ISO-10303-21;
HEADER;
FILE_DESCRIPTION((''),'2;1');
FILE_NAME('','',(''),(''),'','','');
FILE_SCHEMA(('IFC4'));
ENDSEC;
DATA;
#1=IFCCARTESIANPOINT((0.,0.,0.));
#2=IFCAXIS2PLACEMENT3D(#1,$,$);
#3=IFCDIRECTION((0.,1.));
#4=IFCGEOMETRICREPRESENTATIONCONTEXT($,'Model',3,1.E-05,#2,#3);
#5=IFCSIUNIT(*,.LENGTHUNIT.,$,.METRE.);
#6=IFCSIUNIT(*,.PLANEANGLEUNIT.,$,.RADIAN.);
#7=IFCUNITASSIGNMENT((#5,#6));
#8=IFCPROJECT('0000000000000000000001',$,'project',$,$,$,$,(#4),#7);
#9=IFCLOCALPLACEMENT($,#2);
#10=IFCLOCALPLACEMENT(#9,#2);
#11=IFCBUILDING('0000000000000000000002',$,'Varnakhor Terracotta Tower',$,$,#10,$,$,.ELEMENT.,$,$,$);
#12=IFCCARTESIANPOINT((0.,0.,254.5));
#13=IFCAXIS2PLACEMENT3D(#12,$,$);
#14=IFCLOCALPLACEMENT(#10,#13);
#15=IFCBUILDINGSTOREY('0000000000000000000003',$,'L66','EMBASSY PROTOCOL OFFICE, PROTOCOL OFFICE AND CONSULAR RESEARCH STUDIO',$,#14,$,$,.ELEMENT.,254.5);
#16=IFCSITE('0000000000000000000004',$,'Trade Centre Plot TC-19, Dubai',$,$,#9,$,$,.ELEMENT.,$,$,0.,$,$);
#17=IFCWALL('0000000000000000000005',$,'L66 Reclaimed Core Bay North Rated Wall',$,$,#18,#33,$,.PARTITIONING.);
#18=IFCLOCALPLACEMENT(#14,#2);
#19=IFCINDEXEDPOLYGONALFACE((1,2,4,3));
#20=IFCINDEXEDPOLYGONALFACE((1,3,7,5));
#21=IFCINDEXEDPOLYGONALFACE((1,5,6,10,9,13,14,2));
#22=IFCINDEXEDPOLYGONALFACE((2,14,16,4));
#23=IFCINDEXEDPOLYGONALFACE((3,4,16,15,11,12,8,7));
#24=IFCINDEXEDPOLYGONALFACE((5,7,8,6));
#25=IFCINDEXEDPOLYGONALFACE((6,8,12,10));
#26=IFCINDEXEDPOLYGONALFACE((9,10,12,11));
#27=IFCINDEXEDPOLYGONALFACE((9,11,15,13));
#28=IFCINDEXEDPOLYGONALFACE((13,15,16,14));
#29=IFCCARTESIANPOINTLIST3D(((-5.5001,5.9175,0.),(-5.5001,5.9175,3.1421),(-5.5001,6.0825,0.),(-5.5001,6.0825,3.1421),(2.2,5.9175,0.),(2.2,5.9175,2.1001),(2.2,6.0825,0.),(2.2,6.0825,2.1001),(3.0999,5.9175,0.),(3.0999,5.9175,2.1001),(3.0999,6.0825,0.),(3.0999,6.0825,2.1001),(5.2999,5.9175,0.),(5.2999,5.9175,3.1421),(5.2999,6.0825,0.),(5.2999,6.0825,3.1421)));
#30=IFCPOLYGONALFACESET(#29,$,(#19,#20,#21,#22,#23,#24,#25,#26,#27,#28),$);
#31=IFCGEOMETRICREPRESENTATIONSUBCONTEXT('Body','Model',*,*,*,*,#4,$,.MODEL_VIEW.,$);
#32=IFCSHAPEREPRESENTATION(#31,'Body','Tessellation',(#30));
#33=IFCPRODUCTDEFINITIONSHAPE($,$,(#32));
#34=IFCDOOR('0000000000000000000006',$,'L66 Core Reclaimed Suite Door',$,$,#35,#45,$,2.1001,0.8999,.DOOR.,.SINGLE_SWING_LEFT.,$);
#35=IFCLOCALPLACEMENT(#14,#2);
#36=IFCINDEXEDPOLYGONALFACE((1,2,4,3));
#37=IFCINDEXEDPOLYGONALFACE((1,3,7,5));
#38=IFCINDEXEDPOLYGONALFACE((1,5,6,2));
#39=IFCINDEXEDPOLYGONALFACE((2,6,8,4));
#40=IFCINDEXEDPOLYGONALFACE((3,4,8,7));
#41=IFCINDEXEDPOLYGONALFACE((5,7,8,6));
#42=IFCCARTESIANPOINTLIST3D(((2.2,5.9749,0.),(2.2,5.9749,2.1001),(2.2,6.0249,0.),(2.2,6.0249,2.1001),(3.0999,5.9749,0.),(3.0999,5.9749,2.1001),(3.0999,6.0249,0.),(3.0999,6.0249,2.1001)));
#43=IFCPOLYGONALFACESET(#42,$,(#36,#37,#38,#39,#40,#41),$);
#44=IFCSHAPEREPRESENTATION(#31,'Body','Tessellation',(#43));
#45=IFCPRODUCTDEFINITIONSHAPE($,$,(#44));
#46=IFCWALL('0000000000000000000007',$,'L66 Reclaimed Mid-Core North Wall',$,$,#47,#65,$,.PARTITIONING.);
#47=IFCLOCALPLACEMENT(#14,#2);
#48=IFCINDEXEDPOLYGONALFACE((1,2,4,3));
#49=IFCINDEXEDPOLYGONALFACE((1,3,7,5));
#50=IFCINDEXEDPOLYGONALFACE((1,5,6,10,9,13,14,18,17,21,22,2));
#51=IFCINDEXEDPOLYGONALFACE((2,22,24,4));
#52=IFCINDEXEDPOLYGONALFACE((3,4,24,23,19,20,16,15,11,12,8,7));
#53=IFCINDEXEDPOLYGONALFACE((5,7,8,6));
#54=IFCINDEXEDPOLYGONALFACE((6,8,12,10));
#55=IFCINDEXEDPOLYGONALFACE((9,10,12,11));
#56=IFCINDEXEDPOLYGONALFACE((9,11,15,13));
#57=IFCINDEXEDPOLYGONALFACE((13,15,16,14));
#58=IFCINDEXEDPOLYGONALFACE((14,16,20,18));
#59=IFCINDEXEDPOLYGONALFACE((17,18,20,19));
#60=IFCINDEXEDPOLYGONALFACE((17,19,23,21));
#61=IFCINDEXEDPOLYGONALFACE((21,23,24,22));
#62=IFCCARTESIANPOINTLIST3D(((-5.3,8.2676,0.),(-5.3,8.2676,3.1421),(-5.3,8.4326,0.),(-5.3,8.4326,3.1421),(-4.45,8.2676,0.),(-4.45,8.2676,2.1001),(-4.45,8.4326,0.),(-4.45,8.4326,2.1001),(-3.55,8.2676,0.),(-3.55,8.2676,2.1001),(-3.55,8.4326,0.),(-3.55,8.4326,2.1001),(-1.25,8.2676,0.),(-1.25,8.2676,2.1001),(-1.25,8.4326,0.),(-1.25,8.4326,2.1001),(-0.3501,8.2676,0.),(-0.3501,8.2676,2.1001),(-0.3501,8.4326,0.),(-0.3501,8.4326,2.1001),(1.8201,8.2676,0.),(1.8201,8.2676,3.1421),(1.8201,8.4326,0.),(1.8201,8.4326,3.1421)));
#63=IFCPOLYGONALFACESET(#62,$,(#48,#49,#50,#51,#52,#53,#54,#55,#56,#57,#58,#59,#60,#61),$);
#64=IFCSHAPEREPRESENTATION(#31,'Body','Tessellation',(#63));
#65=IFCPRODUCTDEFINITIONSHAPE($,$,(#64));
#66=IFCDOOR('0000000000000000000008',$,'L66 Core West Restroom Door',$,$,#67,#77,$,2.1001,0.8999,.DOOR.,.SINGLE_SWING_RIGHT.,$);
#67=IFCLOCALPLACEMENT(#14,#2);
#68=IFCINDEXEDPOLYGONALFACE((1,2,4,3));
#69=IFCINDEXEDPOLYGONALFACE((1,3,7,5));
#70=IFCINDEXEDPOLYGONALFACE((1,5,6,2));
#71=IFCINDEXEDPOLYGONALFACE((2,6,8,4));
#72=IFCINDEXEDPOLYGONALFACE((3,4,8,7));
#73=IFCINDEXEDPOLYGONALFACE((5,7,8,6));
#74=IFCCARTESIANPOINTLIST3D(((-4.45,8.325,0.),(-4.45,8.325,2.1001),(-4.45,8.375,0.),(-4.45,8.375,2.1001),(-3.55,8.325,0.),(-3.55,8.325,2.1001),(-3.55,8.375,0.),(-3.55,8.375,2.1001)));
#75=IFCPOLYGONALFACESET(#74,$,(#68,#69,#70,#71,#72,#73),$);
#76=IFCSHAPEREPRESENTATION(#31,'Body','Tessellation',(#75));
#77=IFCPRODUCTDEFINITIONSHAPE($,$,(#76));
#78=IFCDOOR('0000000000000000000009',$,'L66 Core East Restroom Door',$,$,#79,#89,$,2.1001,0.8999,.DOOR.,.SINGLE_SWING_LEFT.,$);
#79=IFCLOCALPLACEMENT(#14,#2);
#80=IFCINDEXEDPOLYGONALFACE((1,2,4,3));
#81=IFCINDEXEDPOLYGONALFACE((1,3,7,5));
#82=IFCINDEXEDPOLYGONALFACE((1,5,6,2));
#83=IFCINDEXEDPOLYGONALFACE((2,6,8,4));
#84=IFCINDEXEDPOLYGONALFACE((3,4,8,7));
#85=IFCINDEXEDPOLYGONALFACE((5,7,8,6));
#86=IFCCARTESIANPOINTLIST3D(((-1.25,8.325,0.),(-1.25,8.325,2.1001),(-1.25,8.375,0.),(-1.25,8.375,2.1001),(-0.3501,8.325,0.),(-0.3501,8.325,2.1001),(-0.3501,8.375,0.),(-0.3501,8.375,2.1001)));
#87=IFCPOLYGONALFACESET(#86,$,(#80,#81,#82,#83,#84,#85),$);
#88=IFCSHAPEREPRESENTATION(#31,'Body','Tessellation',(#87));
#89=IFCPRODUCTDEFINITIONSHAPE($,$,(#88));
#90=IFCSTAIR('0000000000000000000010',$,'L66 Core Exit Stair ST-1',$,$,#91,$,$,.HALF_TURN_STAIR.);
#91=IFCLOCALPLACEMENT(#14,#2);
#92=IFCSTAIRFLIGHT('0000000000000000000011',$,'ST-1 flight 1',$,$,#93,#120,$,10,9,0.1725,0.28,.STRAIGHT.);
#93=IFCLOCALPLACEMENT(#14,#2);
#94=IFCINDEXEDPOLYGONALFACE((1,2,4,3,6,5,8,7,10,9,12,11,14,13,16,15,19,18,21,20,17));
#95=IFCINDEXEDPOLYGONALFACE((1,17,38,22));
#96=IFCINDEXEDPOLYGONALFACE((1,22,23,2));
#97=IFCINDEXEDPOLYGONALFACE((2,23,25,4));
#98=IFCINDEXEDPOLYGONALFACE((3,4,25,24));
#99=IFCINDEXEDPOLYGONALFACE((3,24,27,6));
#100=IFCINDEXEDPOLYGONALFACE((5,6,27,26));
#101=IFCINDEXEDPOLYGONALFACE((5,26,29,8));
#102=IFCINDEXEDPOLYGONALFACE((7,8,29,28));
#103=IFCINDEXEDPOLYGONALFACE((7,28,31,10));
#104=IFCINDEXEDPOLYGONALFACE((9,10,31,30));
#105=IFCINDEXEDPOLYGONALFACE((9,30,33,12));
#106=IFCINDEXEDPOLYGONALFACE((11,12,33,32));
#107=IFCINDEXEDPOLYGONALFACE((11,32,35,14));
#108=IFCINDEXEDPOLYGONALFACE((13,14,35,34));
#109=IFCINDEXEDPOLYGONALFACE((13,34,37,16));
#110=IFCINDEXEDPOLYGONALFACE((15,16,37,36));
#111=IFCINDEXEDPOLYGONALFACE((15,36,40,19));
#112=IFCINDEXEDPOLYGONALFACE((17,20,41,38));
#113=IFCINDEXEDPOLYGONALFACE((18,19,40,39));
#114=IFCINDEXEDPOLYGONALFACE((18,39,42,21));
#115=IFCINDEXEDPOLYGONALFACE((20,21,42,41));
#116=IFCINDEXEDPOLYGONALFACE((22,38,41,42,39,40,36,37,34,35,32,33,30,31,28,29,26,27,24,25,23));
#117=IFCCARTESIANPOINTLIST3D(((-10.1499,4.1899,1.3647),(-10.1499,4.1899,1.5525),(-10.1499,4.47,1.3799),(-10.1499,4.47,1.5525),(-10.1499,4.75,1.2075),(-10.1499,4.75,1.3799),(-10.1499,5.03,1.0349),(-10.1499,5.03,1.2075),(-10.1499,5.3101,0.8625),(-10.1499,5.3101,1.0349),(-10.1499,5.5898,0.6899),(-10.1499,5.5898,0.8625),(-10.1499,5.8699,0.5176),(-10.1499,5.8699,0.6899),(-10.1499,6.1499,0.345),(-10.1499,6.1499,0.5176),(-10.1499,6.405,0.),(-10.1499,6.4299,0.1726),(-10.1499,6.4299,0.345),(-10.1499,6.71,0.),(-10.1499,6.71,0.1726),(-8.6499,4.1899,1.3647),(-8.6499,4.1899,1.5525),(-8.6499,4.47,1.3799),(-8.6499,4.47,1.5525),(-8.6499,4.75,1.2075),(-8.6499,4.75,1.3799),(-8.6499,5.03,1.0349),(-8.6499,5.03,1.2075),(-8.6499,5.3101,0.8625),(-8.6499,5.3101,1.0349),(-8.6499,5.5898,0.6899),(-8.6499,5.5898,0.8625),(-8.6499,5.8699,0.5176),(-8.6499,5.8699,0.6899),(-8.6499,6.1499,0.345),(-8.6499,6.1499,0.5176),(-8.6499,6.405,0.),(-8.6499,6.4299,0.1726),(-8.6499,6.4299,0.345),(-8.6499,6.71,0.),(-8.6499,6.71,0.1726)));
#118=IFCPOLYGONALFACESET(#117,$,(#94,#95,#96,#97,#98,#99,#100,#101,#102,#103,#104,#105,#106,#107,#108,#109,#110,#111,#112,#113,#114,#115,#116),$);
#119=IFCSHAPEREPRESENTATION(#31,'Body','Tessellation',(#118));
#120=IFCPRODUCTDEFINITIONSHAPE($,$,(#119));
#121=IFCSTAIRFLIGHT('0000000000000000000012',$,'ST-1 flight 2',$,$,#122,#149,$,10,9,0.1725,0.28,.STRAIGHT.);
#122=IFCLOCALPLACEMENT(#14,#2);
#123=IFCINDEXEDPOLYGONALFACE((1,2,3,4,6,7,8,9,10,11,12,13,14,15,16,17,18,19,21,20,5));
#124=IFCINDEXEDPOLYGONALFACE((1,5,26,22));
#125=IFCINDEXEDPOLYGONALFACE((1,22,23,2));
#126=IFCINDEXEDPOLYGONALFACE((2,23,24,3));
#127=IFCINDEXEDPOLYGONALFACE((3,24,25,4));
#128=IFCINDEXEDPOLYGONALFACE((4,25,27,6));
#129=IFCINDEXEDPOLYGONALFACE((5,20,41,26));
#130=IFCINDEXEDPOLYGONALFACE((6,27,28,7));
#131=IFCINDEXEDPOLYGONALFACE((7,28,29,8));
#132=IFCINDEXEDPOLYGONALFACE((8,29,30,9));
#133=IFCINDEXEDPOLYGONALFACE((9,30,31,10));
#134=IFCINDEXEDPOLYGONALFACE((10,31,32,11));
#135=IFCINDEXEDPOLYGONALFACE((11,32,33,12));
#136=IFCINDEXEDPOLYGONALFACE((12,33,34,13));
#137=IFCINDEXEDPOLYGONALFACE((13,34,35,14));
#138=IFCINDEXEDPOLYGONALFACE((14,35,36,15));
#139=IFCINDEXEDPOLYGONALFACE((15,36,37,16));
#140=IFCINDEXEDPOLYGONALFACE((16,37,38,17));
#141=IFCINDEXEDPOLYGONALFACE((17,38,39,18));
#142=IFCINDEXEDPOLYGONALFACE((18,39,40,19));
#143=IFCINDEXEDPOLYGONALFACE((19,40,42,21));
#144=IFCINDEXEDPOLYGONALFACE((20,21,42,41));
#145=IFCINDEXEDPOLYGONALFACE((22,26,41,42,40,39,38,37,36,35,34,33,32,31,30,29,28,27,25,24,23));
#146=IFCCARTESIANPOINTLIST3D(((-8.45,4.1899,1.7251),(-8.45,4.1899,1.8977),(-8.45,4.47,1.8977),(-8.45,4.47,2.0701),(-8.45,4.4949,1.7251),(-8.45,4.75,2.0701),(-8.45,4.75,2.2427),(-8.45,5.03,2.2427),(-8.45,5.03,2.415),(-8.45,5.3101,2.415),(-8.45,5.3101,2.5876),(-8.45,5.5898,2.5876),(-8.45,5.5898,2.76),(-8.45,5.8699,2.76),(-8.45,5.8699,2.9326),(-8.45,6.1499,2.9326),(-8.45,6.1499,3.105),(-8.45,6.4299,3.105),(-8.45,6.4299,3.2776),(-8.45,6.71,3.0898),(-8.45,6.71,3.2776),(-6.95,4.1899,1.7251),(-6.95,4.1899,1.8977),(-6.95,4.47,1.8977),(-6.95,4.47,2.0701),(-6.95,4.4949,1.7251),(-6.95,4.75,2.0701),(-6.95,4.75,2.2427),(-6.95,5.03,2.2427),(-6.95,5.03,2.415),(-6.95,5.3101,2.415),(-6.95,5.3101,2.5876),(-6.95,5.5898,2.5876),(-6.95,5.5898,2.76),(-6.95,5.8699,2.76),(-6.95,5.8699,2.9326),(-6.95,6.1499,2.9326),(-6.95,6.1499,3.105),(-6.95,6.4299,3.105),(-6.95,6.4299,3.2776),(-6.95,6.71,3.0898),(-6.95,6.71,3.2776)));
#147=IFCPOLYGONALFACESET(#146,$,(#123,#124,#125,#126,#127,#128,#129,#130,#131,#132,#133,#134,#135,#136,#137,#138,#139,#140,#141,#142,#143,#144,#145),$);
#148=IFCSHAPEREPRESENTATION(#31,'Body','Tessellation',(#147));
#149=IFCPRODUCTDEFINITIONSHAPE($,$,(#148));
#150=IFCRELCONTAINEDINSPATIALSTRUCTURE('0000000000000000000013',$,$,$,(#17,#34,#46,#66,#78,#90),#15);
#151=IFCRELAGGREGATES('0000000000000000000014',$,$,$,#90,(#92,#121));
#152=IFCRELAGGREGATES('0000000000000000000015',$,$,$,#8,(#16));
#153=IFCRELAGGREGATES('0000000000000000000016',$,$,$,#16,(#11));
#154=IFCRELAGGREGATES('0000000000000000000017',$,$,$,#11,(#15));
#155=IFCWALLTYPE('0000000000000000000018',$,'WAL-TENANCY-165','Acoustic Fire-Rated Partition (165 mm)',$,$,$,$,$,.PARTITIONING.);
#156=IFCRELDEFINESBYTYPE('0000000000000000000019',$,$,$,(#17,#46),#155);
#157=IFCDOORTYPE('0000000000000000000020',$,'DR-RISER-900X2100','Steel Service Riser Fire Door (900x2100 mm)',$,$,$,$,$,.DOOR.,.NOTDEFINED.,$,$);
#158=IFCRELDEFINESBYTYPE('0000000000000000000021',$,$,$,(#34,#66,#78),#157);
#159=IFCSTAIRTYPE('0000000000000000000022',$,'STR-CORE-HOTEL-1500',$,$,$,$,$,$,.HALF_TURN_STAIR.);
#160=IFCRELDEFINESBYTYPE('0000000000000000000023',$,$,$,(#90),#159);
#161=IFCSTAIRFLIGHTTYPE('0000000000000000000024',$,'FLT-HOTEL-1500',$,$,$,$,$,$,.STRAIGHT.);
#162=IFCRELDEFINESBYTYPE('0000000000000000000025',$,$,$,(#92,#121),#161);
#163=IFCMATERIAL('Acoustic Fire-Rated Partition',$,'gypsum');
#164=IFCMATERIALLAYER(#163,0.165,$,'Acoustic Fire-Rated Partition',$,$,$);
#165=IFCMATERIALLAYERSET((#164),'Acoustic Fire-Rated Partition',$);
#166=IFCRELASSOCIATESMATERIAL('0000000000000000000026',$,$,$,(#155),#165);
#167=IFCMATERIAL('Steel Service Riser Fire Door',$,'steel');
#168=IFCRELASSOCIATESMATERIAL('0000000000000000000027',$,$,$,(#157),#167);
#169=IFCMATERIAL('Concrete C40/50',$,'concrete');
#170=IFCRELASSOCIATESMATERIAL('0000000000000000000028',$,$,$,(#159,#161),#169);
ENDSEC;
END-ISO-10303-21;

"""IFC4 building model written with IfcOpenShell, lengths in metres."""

from ifc_helpers import new_model, si_unit, direction, frame, frame_2d, origin, place, context, subcontext, project, spatial, polyline, rectangle, outline, extrude, source, transform, mapped, material, layer, layer_set, type_object, type_shapes, element, fill, aggregate, save


model = new_model("IFC4")

# Units and contexts
model_context = context("Model", 3, precision=1e-05, world=origin(), true_north=direction((0.0, 1.0)))
body_context = subcontext(model_context, "Body", "Model", "MODEL_VIEW")
ifc_project = project(units=[si_unit("LENGTHUNIT", "METRE"), si_unit("PLANEANGLEUNIT", "RADIAN")], contexts=[model_context])

# Site, building, storey
site_placement = place(None, origin())
site = spatial("IfcSite", under=ifc_project, at=site_placement, Name="Trade Centre Plot TC-19, Dubai", CompositionType="ELEMENT", RefElevation=0.0)
building_placement = place(site_placement, origin())
building = spatial("IfcBuilding", under=site, at=building_placement, Name="Varnakhor Terracotta Tower", CompositionType="ELEMENT")
storey_placement = place(building_placement, frame((0.0, 0.0, 254.5)))
storey = spatial("IfcBuildingStorey", under=building, at=storey_placement, Name="L66", Description="EMBASSY PROTOCOL OFFICE, PROTOCOL OFFICE AND CONSULAR RESEARCH STUDIO", CompositionType="ELEMENT", Elevation=254.5)

# Shared definitions
ifc_material_1 = material(Name="Concrete C40/50", Category="concrete")

# Wall, opening, door
ifc_material_2 = material(Name="Acoustic Fire-Rated Partition", Category="gypsum")
ifc_layer_1 = layer(ifc_material_2, 0.165, Name="Acoustic Fire-Rated Partition")
ifc_layer_set_1 = layer_set([ifc_layer_1], Name="Acoustic Fire-Rated Partition")
wall_type_1 = type_object("IfcWallType", Name="WAL-TENANCY-165", Description="Acoustic Fire-Rated Partition (165 mm)", PredefinedType="PARTITIONING", material=ifc_layer_set_1)
wall_1_placement = place(storey_placement, frame((-5.5, 6.0, 0.0), z_axis=(0.0, 0.0, 1.0), x_axis=(1.0, 0.0, 0.0)))
wall_1 = element("IfcWall", 1, at=wall_1_placement, inside=storey, type_object=wall_type_1, Name="L66 Reclaimed Core Bay North Rated Wall", PredefinedType="PARTITIONING", context=body_context, shape_type="SweptSolid", body=[
    extrude(rectangle(XDim=10.8, YDim=0.165, at=frame_2d((5.3999, 0.0))), origin(), (0.0, 0.0, 1.0), 3.1421),
])
opening_1_placement = place(wall_1_placement, frame((7.7, 0.0, 0.0)))
opening_1 = element("IfcOpeningElement", 2, at=opening_1_placement, cuts=wall_1, PredefinedType="OPENING", context=body_context, shape_type="SweptSolid", body=[
    extrude(rectangle(XDim=0.8999, YDim=2.1001, at=frame_2d((0.45, 1.05))), frame((0.0, 0.0925, 0.0), z_axis=(0.0, -1.0, 0.0), x_axis=(1.0, 0.0, 0.0)), (0.0, 0.0, 1.0), 0.1851),
])
ifc_material_3 = material(Name="Steel Service Riser Fire Door", Category="steel")
door_type_1 = type_object("IfcDoorType", Name="DR-RISER-900X2100", Description="Steel Service Riser Fire Door (900x2100 mm)", OperationType="NOTDEFINED", PredefinedType="DOOR", material=ifc_material_3)
shared_shape_1 = source(origin(), body_context, "Body", "SweptSolid", [
    extrude(rectangle(XDim=0.8999, YDim=2.1001, at=frame_2d((0.45, 1.05))), frame((0.0, 0.0249, 0.0), z_axis=(0.0, -1.0, 0.0), x_axis=(1.0, 0.0, 0.0)), (0.0, 0.0, 1.0), 0.05),
])
type_shapes(door_type_1, [shared_shape_1])
door_1_placement = place(opening_1_placement, origin())
door_1 = element("IfcDoor", 3, at=door_1_placement, inside=storey, type_object=door_type_1, Name="L66 Core Reclaimed Suite Door", OperationType="SINGLE_SWING_LEFT", OverallHeight=2.1001, OverallWidth=0.8999, PredefinedType="DOOR", context=body_context, shape_type="MappedRepresentation", body=[
    mapped(shared_shape_1, transform((0.0, 0.0, 0.0), scale=1.0)),
])
fill(opening_1, door_1)

# Wall, openings, doors
wall_2_placement = place(storey_placement, frame((-5.3, 8.3501, 0.0), z_axis=(0.0, 0.0, 1.0), x_axis=(1.0, 0.0, 0.0)))
wall_2 = element("IfcWall", 4, at=wall_2_placement, inside=storey, type_object=wall_type_1, Name="L66 Reclaimed Mid-Core North Wall", PredefinedType="PARTITIONING", context=body_context, shape_type="SweptSolid", body=[
    extrude(rectangle(XDim=7.1201, YDim=0.165, at=frame_2d((3.5601, 0.0))), origin(), (0.0, 0.0, 1.0), 3.1421),
])
opening_2_placement = place(wall_2_placement, frame((0.8501, 0.0, 0.0)))
opening_2 = element("IfcOpeningElement", 5, at=opening_2_placement, cuts=wall_2, PredefinedType="OPENING", context=body_context, shape_type="SweptSolid", body=[
    extrude(rectangle(XDim=0.8999, YDim=2.1001, at=frame_2d((0.45, 1.05))), frame((0.0, 0.0925, 0.0), z_axis=(0.0, -1.0, 0.0), x_axis=(1.0, 0.0, 0.0)), (0.0, 0.0, 1.0), 0.1851),
])
opening_3_placement = place(wall_2_placement, frame((4.05, 0.0, 0.0)))
opening_3 = element("IfcOpeningElement", 6, at=opening_3_placement, cuts=wall_2, PredefinedType="OPENING", context=body_context, shape_type="SweptSolid", body=[
    extrude(rectangle(XDim=0.8999, YDim=2.1001, at=frame_2d((0.45, 1.05))), frame((0.0, 0.0925, 0.0), z_axis=(0.0, -1.0, 0.0), x_axis=(1.0, 0.0, 0.0)), (0.0, 0.0, 1.0), 0.1851),
])
door_2_placement = place(opening_2_placement, origin())
door_2 = element("IfcDoor", 7, at=door_2_placement, inside=storey, type_object=door_type_1, Name="L66 Core West Restroom Door", OperationType="SINGLE_SWING_RIGHT", OverallHeight=2.1001, OverallWidth=0.8999, PredefinedType="DOOR", context=body_context, shape_type="MappedRepresentation", body=[
    mapped(shared_shape_1, transform((0.0, 0.0, 0.0), scale=1.0)),
])
fill(opening_2, door_2)
door_3_placement = place(opening_3_placement, origin())
door_3 = element("IfcDoor", 8, at=door_3_placement, inside=storey, type_object=door_type_1, Name="L66 Core East Restroom Door", OperationType="SINGLE_SWING_LEFT", OverallHeight=2.1001, OverallWidth=0.8999, PredefinedType="DOOR", context=body_context, shape_type="MappedRepresentation", body=[
    mapped(shared_shape_1, transform((0.0, 0.0, 0.0), scale=1.0)),
])
fill(opening_3, door_3)

# Stair, stair flights
stair_type = type_object("IfcStairType", Name="STR-CORE-HOTEL-1500", PredefinedType="HALF_TURN_STAIR", material=ifc_material_1)
stair_placement = place(storey_placement, origin())
stair = element("IfcStair", 9, at=stair_placement, inside=storey, type_object=stair_type, Name="L66 Core Exit Stair ST-1", PredefinedType="HALF_TURN_STAIR")
stair_flight_type = type_object("IfcStairFlightType", Name="FLT-HOTEL-1500", PredefinedType="STRAIGHT", material=ifc_material_1)
stair_flight_1_placement = place(storey_placement, frame((-9.3999, 6.71, 0.0), z_axis=(0.0, 0.0, 1.0), x_axis=(0.0, -1.0, 0.0)))
stair_flight_1 = element("IfcStairFlight", 10, at=stair_flight_1_placement, type_object=stair_flight_type, Name="ST-1 flight 1", NumberOfRisers=10, NumberOfTreads=9, PredefinedType="STRAIGHT", RiserHeight=0.1725, TreadLength=0.28, context=body_context, shape_type="SweptSolid", body=[
    extrude(outline(polyline([(0.0, 0.0), (0.0, 0.1726), (0.28, 0.1726), (0.28, 0.345), (0.5601, 0.345), (0.5601, 0.5176), (0.8401, 0.5176), (0.8401, 0.6899), (1.1201, 0.6899), (1.1201, 0.8625), (1.3999, 0.8625), (1.3999, 1.0349), (1.6799, 1.0349), (1.6799, 1.2075), (1.96, 1.2075), (1.96, 1.3799), (2.24, 1.3799), (2.24, 1.5525), (2.52, 1.5525), (2.52, 1.7251), (2.52, 1.3647), (0.3049, 0.0), (0.0, 0.0)])), frame((0.0, 0.75, 0.0), z_axis=(0.0, -1.0, 0.0), x_axis=(1.0, 0.0, 0.0)), (0.0, 0.0, 1.0), 1.5),
])
stair_flight_2_placement = place(storey_placement, frame((-7.7, 4.1899, 1.7251), z_axis=(0.0, 0.0, 1.0), x_axis=(0.0, 1.0, 0.0)))
stair_flight_2 = element("IfcStairFlight", 11, at=stair_flight_2_placement, type_object=stair_flight_type, Name="ST-1 flight 2", NumberOfRisers=10, NumberOfTreads=9, PredefinedType="STRAIGHT", RiserHeight=0.1725, TreadLength=0.28, context=body_context, shape_type="SweptSolid", body=[
    extrude(outline(polyline([(0.0, 0.0), (0.0, 0.1726), (0.28, 0.1726), (0.28, 0.345), (0.5601, 0.345), (0.5601, 0.5176), (0.8401, 0.5176), (0.8401, 0.6899), (1.1201, 0.6899), (1.1201, 0.8625), (1.3999, 0.8625), (1.3999, 1.0349), (1.6799, 1.0349), (1.6799, 1.2075), (1.96, 1.2075), (1.96, 1.3799), (2.24, 1.3799), (2.24, 1.5525), (2.52, 1.5525), (2.52, 1.7251), (2.52, 1.3647), (0.3049, 0.0), (0.0, 0.0)])), frame((0.0, 0.75, 0.0), z_axis=(0.0, -1.0, 0.0), x_axis=(1.0, 0.0, 0.0)), (0.0, 0.0, 1.0), 1.5),
])
aggregate(stair, [stair_flight_1, stair_flight_2])

save(model, "model.ifc")
